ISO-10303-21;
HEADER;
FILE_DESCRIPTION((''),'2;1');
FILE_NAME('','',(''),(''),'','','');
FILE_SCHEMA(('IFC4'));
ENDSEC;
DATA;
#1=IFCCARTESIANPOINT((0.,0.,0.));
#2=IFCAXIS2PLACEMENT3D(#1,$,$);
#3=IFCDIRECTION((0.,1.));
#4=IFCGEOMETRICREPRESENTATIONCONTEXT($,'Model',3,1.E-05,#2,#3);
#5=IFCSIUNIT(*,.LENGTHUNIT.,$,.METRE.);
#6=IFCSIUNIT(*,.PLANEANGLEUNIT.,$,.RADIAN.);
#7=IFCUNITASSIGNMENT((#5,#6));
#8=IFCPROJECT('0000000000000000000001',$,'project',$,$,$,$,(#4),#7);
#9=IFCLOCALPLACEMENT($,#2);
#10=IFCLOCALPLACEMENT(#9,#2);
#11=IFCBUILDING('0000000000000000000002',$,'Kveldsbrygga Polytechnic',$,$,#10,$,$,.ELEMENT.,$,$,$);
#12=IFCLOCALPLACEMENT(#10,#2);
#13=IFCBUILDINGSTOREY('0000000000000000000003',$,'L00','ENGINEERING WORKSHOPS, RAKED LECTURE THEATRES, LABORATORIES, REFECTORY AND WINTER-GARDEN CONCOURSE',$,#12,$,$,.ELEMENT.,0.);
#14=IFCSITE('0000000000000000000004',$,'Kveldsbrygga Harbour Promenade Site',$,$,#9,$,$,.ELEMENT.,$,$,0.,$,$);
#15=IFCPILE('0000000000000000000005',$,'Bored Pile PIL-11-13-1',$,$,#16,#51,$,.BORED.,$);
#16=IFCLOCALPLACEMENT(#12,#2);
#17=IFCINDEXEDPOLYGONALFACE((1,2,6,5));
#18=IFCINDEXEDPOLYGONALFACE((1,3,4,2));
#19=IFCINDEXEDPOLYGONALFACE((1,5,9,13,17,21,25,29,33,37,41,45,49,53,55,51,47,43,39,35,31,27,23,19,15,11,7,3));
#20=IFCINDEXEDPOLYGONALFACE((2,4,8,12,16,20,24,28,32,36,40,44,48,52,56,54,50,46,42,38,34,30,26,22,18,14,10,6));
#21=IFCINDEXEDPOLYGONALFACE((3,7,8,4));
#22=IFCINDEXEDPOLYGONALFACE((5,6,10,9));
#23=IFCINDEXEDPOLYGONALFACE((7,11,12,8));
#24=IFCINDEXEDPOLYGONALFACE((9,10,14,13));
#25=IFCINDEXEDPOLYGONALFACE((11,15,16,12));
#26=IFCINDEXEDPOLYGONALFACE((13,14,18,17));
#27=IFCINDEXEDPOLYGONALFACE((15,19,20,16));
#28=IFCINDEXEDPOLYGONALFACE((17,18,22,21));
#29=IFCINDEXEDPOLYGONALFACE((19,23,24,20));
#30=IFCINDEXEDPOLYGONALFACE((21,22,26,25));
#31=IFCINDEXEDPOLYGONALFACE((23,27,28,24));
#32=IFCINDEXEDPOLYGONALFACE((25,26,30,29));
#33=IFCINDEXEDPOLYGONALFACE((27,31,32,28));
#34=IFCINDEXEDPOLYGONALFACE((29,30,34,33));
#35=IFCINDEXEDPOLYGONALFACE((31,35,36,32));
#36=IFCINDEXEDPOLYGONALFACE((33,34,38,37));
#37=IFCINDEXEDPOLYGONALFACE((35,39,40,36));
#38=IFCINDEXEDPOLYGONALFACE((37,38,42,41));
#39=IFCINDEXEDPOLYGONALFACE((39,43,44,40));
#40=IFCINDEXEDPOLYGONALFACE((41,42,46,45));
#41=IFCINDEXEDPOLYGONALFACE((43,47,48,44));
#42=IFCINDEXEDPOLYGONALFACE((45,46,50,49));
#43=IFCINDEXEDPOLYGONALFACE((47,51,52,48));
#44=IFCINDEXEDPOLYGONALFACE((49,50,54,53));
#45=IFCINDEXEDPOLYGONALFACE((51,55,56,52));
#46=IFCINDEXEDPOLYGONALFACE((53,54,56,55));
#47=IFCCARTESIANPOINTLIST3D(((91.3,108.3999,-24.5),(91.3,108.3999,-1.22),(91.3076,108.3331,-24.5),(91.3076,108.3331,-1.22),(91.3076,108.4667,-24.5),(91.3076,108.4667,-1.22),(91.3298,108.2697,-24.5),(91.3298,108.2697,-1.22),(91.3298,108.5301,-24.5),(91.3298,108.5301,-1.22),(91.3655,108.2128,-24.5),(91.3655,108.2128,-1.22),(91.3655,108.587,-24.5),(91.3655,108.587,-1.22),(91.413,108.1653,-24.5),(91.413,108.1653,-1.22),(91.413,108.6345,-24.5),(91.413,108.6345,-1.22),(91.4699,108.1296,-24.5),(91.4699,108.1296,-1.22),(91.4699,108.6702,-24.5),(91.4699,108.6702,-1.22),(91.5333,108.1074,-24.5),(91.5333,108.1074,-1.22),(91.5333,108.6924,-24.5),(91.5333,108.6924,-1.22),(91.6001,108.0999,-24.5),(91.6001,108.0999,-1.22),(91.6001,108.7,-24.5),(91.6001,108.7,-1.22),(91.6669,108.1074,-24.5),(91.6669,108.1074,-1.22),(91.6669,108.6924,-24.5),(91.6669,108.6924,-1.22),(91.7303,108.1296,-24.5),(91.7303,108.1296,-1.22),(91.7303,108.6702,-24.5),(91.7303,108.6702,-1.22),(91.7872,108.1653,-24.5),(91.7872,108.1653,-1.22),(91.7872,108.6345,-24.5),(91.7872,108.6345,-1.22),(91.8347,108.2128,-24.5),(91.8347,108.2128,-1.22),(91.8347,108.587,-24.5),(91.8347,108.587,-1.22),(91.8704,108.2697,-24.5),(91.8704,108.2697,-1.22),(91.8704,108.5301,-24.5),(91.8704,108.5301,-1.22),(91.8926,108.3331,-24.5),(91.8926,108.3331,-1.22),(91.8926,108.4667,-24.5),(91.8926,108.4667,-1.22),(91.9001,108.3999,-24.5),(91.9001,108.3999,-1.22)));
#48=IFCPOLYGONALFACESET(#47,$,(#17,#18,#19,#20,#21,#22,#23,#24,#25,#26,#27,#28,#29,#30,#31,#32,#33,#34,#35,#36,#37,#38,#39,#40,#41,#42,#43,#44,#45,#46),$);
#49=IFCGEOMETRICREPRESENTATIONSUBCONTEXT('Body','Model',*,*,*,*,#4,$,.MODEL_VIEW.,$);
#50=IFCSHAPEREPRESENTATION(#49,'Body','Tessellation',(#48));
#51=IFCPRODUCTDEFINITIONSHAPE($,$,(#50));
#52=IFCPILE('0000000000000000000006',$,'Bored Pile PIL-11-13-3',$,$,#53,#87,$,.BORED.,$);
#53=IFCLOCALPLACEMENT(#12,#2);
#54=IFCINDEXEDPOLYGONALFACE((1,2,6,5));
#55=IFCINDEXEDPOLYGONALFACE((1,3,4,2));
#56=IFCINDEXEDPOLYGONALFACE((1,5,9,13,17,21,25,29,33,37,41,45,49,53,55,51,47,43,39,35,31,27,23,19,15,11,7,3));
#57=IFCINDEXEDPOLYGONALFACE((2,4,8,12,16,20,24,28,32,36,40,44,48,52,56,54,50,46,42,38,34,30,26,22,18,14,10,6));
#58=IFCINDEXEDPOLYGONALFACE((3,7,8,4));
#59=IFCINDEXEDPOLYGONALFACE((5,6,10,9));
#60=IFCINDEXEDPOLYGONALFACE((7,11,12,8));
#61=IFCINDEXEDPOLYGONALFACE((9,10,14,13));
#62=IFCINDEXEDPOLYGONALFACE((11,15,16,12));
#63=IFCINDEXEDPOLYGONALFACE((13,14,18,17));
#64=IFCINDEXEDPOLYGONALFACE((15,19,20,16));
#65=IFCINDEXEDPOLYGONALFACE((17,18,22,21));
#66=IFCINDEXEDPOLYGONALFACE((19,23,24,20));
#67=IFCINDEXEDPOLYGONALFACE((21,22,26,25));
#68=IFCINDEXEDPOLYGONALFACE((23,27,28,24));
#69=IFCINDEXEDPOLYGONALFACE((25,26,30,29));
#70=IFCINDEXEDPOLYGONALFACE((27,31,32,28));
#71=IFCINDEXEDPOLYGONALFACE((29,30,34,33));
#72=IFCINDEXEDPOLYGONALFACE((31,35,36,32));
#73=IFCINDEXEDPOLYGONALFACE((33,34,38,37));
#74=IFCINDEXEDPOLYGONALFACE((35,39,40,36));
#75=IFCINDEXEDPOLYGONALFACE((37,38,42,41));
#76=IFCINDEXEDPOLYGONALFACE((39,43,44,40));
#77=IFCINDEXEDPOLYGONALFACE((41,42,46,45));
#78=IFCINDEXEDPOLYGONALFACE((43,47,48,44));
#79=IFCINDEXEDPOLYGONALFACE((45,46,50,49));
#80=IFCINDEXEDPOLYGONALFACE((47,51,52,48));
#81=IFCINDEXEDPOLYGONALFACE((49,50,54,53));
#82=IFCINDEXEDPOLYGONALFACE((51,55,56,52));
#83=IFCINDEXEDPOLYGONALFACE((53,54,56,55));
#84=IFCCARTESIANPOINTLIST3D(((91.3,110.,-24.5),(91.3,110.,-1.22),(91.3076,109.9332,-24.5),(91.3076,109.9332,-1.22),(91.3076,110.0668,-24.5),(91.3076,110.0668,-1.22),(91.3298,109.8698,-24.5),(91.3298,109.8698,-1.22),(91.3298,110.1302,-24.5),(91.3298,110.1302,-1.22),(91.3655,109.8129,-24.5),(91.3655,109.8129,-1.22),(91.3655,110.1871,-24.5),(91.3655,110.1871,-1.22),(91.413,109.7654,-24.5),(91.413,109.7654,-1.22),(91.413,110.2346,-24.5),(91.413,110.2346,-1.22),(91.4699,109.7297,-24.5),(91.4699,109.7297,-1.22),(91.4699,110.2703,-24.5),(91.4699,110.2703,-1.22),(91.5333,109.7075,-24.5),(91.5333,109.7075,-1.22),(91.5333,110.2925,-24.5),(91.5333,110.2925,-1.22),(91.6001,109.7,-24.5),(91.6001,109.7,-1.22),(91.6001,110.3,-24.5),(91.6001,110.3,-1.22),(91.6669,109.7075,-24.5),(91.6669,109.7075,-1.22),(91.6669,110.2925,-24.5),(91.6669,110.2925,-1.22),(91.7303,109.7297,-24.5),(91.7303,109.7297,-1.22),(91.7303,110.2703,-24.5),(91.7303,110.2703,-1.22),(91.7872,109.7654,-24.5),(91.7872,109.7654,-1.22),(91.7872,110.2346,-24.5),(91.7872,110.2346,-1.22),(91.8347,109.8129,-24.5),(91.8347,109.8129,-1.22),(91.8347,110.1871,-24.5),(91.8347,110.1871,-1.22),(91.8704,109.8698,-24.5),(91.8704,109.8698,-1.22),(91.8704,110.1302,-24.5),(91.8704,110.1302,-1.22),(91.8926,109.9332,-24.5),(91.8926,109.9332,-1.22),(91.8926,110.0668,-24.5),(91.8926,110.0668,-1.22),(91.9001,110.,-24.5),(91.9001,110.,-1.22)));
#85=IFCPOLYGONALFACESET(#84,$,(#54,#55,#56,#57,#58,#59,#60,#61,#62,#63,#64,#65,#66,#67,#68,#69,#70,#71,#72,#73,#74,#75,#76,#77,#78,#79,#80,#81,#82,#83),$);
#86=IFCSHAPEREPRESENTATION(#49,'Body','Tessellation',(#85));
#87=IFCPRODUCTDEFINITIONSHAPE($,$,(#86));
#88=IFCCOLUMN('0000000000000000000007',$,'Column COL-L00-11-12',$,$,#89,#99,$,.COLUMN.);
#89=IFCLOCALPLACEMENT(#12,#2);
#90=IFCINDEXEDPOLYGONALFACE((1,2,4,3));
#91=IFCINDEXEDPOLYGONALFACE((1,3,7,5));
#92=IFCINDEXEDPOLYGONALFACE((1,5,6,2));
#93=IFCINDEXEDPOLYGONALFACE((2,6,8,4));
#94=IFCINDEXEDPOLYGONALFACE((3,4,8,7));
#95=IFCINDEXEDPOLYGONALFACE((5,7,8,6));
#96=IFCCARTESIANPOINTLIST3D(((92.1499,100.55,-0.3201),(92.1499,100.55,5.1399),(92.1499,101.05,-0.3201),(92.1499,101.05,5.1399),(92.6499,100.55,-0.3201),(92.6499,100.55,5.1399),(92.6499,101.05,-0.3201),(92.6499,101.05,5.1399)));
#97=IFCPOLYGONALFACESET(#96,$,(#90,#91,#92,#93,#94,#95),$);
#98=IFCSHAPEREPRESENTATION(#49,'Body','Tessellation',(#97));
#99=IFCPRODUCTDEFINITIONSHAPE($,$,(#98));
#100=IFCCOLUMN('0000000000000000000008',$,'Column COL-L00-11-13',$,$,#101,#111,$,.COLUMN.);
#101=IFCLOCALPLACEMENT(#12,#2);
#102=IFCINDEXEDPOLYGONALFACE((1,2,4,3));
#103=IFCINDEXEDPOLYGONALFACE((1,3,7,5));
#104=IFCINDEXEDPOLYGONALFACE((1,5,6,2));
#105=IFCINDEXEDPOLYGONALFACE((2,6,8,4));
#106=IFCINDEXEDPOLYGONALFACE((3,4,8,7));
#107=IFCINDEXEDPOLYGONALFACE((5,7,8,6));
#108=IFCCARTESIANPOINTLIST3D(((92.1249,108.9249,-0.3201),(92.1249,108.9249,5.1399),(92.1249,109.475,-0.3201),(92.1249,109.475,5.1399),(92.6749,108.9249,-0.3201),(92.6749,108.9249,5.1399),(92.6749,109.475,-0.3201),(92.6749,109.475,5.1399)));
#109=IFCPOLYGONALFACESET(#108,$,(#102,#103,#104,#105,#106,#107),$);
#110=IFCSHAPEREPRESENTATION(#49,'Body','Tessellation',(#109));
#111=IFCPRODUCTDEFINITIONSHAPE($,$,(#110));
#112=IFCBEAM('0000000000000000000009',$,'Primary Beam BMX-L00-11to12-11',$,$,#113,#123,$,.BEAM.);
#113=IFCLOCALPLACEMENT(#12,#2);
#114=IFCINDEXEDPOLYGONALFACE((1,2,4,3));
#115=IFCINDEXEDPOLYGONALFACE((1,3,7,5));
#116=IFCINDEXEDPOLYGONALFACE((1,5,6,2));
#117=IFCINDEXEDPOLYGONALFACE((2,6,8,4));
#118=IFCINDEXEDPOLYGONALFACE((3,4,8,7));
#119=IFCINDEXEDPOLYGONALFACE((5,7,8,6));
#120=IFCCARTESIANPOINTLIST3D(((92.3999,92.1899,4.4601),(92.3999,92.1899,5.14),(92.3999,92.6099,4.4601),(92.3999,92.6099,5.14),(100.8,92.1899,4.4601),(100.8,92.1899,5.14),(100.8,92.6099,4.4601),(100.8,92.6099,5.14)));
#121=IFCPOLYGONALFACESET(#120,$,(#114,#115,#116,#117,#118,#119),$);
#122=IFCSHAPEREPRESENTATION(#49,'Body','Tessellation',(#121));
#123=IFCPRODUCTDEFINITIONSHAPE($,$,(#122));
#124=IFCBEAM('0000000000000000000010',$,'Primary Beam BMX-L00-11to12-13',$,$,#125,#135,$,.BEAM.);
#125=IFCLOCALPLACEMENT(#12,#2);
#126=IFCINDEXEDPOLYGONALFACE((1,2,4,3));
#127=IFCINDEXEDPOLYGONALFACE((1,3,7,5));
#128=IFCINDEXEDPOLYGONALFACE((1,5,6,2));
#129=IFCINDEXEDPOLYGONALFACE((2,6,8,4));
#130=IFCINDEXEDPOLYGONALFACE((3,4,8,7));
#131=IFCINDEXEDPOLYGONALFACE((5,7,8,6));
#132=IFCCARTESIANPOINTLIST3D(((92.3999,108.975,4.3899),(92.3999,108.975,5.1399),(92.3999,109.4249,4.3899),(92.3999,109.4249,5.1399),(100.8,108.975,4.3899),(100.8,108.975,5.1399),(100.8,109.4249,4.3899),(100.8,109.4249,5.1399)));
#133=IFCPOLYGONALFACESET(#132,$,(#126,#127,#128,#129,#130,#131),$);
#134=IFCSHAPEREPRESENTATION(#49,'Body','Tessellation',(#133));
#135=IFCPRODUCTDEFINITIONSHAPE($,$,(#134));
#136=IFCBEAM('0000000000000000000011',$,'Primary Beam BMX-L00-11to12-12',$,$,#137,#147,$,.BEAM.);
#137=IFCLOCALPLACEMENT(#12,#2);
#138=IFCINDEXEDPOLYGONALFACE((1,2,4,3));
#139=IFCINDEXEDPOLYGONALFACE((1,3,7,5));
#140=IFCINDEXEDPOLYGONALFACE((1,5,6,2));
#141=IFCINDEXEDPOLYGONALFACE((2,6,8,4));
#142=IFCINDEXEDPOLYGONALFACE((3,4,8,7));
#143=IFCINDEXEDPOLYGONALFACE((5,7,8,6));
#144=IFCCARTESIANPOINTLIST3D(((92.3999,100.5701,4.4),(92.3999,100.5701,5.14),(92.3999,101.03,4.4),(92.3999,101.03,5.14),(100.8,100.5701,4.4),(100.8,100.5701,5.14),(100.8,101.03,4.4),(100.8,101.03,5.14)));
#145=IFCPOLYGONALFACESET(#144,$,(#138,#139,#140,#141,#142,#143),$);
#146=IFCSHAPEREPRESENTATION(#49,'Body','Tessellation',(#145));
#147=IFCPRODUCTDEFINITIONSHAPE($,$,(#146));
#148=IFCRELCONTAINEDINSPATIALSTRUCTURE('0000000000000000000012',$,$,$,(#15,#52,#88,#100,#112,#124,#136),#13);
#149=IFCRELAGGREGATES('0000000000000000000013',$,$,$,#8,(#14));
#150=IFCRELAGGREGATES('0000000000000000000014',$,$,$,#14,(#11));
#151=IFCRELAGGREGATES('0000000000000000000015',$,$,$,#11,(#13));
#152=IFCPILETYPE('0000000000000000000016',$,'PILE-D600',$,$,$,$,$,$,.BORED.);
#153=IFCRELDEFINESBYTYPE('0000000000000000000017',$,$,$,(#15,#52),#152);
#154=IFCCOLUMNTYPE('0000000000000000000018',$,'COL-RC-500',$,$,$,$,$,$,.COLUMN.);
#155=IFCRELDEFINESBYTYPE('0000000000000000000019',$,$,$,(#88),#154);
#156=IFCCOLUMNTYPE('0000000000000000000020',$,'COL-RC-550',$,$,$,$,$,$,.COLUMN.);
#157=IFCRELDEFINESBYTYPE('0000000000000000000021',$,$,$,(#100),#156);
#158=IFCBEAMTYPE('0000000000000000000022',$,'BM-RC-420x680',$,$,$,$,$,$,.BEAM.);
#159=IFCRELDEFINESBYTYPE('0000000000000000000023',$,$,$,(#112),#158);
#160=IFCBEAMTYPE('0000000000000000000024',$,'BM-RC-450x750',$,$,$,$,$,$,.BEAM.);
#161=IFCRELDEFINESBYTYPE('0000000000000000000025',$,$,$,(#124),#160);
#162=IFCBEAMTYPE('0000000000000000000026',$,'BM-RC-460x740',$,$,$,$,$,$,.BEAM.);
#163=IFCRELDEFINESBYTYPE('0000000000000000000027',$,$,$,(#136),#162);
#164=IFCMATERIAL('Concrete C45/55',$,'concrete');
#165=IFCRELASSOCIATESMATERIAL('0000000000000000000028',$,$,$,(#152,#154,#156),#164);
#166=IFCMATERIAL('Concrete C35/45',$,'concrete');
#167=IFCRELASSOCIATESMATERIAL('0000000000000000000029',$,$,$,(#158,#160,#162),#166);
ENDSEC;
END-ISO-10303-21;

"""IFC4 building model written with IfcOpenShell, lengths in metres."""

from ifc_helpers import new_model, si_unit, direction, frame, origin, origin_2d, place, context, subcontext, project, spatial, rectangle, circle, extrude, material, material_profile, profile_set, type_object, element, save


model = new_model("IFC4")

# Units and contexts
model_context = context("Model", 3, precision=1e-05, world=origin(), true_north=direction((0.0, 1.0)))
body_context = subcontext(model_context, "Body", "Model", "MODEL_VIEW")
ifc_project = project(units=[si_unit("LENGTHUNIT", "METRE"), si_unit("PLANEANGLEUNIT", "RADIAN")], contexts=[model_context])

# Site, building, storey
site_placement = place(None, origin())
site = spatial("IfcSite", under=ifc_project, at=site_placement, Name="Kveldsbrygga Harbour Promenade Site", CompositionType="ELEMENT", RefElevation=0.0)
building_placement = place(site_placement, origin())
building = spatial("IfcBuilding", under=site, at=building_placement, Name="Kveldsbrygga Polytechnic", CompositionType="ELEMENT")
storey_placement = place(building_placement, origin())
storey = spatial("IfcBuildingStorey", under=building, at=storey_placement, Name="L00", Description="ENGINEERING WORKSHOPS, RAKED LECTURE THEATRES, LABORATORIES, REFECTORY AND WINTER-GARDEN CONCOURSE", CompositionType="ELEMENT", Elevation=0.0)

# Shared definitions
ifc_material_1 = material(Name="Concrete C45/55", Category="concrete")

# Piles
ifc_material_profile_1 = material_profile(ifc_material_1, circle(Radius=0.3, at=origin_2d()), Name="PILE D600")
ifc_profile_set_1 = profile_set([ifc_material_profile_1], Name="Concrete C45/55")
pile_type = type_object("IfcPileType", Name="PILE-D600", PredefinedType="BORED", material=ifc_profile_set_1)
for number, where, z_axis, x_axis, name in (
    (1, (91.6001, 108.3999, -1.22), (0.0, 0.0, -1.0), (1.0, 0.0, 0.0), "Bored Pile PIL-11-13-1"),
    (2, (91.6001, 110.0, -1.22), (0.0, 0.0, -1.0), (1.0, 0.0, 0.0), "Bored Pile PIL-11-13-3"),
):
    element("IfcPile", number, at=place(storey_placement, frame(where, z_axis=z_axis, x_axis=x_axis)), inside=storey, type_object=pile_type, Name=name, PredefinedType="BORED", context=body_context, shape_type="SweptSolid", body=[
        extrude(circle(Radius=0.3, at=origin_2d()), origin(), (0.0, 0.0, 1.0), 23.28),
    ])

# Columns
ifc_material_profile_2 = material_profile(ifc_material_1, rectangle(XDim=0.5, YDim=0.5, at=origin_2d()), Name="RC 500x500")
ifc_profile_set_2 = profile_set([ifc_material_profile_2], Name="Concrete C45/55")
column_type_1 = type_object("IfcColumnType", Name="COL-RC-500", PredefinedType="COLUMN", material=ifc_profile_set_2)
column_1_placement = place(storey_placement, frame((92.3999, 100.8, -0.3201), z_axis=(0.0, 0.0, 1.0), x_axis=(1.0, 0.0, 0.0)))
element("IfcColumn", 3, at=column_1_placement, inside=storey, type_object=column_type_1, Name="Column COL-L00-11-12", PredefinedType="COLUMN", context=body_context, shape_type="SweptSolid", body=[
    extrude(rectangle(XDim=0.5, YDim=0.5, at=origin_2d()), origin(), (0.0, 0.0, 1.0), 5.46),
])
ifc_material_profile_3 = material_profile(ifc_material_1, rectangle(XDim=0.55, YDim=0.55, at=origin_2d()), Name="RC 550x550")
ifc_profile_set_3 = profile_set([ifc_material_profile_3], Name="Concrete C45/55")
column_type_2 = type_object("IfcColumnType", Name="COL-RC-550", PredefinedType="COLUMN", material=ifc_profile_set_3)
column_2_placement = place(storey_placement, frame((92.3999, 109.2, -0.3201), z_axis=(0.0, 0.0, 1.0), x_axis=(1.0, 0.0, 0.0)))
element("IfcColumn", 4, at=column_2_placement, inside=storey, type_object=column_type_2, Name="Column COL-L00-11-13", PredefinedType="COLUMN", context=body_context, shape_type="SweptSolid", body=[
    extrude(rectangle(XDim=0.55, YDim=0.55, at=origin_2d()), origin(), (0.0, 0.0, 1.0), 5.46),
])

# Beams
ifc_material_2 = material(Name="Concrete C35/45", Category="concrete")
ifc_material_profile_4 = material_profile(ifc_material_2, rectangle(XDim=0.4199, YDim=0.6799, at=origin_2d()), Name="RC 420x680")
ifc_profile_set_4 = profile_set([ifc_material_profile_4], Name="Concrete C35/45")
beam_type_1 = type_object("IfcBeamType", Name="BM-RC-420x680", PredefinedType="BEAM", material=ifc_profile_set_4)
beam_1_placement = place(storey_placement, frame((92.3999, 92.3999, 4.8), z_axis=(1.0, 0.0, 0.0), x_axis=(0.0, 1.0, 0.0)))
element("IfcBeam", 5, at=beam_1_placement, inside=storey, type_object=beam_type_1, Name="Primary Beam BMX-L00-11to12-11", PredefinedType="BEAM", context=body_context, shape_type="SweptSolid", body=[
    extrude(rectangle(XDim=0.4199, YDim=0.6799, at=origin_2d()), origin(), (0.0, 0.0, 1.0), 8.4001),
])
ifc_material_profile_5 = material_profile(ifc_material_2, rectangle(XDim=0.45, YDim=0.75, at=origin_2d()), Name="RC 450x750")
ifc_profile_set_5 = profile_set([ifc_material_profile_5], Name="Concrete C35/45")
beam_type_2 = type_object("IfcBeamType", Name="BM-RC-450x750", PredefinedType="BEAM", material=ifc_profile_set_5)
beam_2_placement = place(storey_placement, frame((92.3999, 109.2, 4.7649), z_axis=(1.0, 0.0, 0.0), x_axis=(0.0, 1.0, 0.0)))
element("IfcBeam", 6, at=beam_2_placement, inside=storey, type_object=beam_type_2, Name="Primary Beam BMX-L00-11to12-13", PredefinedType="BEAM", context=body_context, shape_type="SweptSolid", body=[
    extrude(rectangle(XDim=0.45, YDim=0.75, at=origin_2d()), origin(), (0.0, 0.0, 1.0), 8.4001),
])
ifc_material_profile_6 = material_profile(ifc_material_2, rectangle(XDim=0.46, YDim=0.74, at=origin_2d()), Name="RC 460x740")
ifc_profile_set_6 = profile_set([ifc_material_profile_6], Name="Concrete C35/45")
beam_type_3 = type_object("IfcBeamType", Name="BM-RC-460x740", PredefinedType="BEAM", material=ifc_profile_set_6)
beam_3_placement = place(storey_placement, frame((92.3999, 100.8, 4.77), z_axis=(1.0, 0.0, 0.0), x_axis=(0.0, 1.0, 0.0)))
element("IfcBeam", 7, at=beam_3_placement, inside=storey, type_object=beam_type_3, Name="Primary Beam BMX-L00-11to12-12", PredefinedType="BEAM", context=body_context, shape_type="SweptSolid", body=[
    extrude(rectangle(XDim=0.46, YDim=0.74, at=origin_2d()), origin(), (0.0, 0.0, 1.0), 8.4001),
])

save(model, "model.ifc")
